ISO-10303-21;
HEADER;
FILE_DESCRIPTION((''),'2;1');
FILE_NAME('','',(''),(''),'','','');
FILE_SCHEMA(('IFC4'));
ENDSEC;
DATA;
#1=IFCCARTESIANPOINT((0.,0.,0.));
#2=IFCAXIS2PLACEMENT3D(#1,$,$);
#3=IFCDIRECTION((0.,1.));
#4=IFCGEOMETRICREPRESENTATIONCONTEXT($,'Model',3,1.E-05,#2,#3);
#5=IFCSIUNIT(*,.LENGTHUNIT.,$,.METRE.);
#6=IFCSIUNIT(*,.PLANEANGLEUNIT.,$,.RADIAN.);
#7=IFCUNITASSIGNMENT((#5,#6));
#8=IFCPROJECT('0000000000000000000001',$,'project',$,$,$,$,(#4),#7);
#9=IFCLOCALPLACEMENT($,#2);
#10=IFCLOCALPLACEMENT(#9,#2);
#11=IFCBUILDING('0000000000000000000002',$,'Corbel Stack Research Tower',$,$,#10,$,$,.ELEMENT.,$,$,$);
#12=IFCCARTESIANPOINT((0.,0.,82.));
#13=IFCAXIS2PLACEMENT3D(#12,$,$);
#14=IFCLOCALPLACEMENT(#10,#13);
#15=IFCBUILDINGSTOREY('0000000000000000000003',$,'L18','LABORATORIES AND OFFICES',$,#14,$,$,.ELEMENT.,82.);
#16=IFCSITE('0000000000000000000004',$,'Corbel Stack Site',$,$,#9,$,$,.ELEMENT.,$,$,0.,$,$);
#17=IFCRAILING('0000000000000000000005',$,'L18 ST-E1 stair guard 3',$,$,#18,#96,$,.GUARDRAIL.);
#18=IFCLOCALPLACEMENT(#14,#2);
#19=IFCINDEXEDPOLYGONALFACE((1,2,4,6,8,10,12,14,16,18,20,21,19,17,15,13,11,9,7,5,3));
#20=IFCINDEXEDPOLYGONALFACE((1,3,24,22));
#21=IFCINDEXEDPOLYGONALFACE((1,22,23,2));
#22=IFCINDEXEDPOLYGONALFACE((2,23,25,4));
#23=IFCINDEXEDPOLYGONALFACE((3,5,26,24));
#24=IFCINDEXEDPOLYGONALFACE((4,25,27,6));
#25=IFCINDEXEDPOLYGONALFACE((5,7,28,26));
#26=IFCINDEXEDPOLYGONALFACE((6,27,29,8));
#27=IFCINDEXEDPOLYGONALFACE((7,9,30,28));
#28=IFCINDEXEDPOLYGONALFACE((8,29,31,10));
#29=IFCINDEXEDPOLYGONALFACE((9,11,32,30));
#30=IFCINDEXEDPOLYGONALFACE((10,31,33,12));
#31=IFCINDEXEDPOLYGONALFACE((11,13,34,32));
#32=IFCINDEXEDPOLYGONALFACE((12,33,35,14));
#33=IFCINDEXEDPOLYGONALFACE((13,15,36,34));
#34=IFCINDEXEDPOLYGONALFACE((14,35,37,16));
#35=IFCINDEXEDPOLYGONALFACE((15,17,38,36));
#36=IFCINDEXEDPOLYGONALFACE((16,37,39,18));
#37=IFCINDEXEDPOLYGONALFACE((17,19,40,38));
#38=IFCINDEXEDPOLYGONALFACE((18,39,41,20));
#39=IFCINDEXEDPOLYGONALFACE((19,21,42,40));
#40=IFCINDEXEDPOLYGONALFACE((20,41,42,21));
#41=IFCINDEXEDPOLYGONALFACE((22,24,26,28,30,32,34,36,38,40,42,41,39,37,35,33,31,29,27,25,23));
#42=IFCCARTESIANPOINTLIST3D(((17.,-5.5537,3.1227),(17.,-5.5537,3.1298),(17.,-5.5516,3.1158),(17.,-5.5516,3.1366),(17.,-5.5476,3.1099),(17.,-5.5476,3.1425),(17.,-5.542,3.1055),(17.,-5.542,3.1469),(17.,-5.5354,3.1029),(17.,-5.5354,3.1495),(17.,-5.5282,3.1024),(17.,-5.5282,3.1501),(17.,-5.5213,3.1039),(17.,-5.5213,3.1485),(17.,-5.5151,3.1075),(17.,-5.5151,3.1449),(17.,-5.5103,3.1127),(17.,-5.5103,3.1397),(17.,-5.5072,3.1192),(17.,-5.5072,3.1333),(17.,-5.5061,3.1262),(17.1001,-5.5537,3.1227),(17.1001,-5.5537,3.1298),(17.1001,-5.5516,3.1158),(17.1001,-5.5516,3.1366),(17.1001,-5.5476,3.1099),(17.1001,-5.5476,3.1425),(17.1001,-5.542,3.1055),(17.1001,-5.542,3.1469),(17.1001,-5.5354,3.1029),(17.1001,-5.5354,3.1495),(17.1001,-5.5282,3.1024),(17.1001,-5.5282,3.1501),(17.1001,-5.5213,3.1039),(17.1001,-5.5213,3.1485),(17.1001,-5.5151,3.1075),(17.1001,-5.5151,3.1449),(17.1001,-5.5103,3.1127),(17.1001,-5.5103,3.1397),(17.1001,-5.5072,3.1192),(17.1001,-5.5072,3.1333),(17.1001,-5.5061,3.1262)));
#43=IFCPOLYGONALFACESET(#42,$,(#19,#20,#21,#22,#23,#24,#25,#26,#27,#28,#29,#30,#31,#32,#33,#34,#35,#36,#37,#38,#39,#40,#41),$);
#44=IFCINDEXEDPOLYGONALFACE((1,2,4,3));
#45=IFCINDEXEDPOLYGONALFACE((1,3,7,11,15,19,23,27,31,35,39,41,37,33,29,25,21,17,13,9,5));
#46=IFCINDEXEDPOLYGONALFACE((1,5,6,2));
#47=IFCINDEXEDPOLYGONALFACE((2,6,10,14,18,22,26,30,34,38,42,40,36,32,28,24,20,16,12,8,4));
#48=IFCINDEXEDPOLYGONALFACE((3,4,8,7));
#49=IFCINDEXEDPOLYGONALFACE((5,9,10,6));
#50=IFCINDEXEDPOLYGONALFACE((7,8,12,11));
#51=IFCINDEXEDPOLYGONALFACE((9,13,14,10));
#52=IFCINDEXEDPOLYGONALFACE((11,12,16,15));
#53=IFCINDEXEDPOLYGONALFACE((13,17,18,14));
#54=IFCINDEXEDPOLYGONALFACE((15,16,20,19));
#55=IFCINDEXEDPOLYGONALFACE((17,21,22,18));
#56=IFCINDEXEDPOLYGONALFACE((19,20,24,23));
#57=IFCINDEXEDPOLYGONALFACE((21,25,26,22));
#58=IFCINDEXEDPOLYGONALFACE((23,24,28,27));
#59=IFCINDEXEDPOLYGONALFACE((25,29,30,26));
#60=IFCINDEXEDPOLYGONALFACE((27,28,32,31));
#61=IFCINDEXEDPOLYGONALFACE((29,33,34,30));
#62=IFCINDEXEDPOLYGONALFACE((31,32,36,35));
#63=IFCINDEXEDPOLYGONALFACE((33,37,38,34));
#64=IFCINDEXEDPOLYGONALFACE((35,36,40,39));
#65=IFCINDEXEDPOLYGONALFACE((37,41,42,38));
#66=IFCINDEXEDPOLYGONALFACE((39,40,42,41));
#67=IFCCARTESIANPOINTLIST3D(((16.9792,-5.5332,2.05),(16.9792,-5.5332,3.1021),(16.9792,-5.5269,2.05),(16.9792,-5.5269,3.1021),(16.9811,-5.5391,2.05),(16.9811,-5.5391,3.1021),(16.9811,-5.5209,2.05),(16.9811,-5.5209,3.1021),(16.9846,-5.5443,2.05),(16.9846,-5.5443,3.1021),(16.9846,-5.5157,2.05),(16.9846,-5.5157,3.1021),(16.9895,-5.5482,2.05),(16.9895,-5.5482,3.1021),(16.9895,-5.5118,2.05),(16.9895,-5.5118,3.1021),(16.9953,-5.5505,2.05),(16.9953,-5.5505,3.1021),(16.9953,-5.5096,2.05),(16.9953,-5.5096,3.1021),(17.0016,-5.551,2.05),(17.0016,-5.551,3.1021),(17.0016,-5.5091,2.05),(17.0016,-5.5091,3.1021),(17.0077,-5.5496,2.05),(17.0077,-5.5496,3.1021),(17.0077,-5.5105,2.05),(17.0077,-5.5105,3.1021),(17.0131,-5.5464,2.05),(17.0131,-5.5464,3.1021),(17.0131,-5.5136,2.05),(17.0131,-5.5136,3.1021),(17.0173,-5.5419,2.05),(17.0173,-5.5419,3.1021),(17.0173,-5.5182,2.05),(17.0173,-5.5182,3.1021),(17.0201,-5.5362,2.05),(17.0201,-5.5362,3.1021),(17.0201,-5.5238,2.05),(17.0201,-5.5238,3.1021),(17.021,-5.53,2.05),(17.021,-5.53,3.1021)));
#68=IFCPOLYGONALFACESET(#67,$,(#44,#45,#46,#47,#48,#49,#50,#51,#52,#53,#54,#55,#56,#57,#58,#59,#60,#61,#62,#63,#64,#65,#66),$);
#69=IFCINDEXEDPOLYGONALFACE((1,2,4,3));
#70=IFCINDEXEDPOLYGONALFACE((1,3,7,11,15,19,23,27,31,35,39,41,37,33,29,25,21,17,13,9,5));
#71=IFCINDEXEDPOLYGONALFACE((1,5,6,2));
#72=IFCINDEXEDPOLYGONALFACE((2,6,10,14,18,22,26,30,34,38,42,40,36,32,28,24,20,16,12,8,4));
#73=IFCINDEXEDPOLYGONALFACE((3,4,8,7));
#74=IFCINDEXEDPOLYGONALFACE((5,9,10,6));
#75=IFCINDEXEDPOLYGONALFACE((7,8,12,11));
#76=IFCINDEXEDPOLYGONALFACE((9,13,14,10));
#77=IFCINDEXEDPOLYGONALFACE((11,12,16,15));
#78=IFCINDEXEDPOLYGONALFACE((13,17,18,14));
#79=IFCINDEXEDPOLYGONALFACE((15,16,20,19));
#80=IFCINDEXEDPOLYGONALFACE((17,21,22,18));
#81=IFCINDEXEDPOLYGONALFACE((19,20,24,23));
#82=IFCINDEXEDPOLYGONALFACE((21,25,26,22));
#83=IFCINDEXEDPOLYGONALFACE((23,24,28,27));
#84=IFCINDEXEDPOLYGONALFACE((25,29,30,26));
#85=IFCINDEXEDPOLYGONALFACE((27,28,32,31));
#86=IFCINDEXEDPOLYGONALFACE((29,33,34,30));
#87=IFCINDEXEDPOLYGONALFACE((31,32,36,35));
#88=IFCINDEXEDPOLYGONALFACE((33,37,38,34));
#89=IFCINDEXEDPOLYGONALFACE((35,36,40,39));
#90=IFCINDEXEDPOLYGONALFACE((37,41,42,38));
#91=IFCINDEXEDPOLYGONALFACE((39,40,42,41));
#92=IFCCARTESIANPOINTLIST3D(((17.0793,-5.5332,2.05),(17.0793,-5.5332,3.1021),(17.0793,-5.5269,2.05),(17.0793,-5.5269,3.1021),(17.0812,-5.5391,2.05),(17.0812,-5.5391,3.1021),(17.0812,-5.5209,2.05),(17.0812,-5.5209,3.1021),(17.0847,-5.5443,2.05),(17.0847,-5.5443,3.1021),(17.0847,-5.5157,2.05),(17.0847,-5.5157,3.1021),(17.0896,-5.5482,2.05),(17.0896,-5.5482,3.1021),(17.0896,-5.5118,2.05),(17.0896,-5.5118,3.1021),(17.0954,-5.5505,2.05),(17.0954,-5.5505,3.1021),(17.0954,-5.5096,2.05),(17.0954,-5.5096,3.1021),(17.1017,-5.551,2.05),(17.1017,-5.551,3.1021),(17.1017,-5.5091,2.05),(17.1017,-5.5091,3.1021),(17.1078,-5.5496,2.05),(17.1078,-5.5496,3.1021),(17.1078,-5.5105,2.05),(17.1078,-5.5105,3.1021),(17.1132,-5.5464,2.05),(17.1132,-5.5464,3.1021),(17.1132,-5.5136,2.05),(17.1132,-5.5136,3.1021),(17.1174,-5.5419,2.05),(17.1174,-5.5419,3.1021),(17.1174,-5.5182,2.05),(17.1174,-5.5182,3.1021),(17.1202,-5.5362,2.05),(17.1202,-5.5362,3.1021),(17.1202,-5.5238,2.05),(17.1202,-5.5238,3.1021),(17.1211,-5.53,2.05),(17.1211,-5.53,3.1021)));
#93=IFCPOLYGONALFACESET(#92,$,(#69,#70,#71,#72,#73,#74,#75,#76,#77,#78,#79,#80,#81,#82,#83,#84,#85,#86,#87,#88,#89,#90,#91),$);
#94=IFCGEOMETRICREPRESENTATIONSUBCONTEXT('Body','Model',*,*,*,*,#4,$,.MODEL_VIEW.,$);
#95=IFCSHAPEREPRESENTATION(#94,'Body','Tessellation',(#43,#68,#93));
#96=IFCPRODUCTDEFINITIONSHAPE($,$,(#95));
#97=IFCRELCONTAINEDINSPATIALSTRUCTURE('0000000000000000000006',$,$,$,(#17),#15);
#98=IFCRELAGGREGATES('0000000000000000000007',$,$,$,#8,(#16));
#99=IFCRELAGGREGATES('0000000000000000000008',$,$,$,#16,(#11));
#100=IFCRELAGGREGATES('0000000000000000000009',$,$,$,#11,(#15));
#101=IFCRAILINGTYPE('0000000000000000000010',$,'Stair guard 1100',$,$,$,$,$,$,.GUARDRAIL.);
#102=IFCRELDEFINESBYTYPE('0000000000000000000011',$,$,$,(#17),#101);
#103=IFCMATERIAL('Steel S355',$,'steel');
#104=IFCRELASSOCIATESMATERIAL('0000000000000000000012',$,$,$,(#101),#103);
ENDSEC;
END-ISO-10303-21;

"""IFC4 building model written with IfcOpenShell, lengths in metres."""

from ifc_helpers import new_model, si_unit, direction, frame, origin, origin_2d, place, context, subcontext, project, spatial, circle, extrude, material, type_object, element, save


model = new_model("IFC4")

# Units and contexts
model_context = context("Model", 3, precision=1e-05, world=origin(), true_north=direction((0.0, 1.0)))
body_context = subcontext(model_context, "Body", "Model", "MODEL_VIEW")
ifc_project = project(units=[si_unit("LENGTHUNIT", "METRE"), si_unit("PLANEANGLEUNIT", "RADIAN")], contexts=[model_context])

# Site, building, storey
site_placement = place(None, origin())
site = spatial("IfcSite", under=ifc_project, at=site_placement, Name="Corbel Stack Site", CompositionType="ELEMENT", RefElevation=0.0)
building_placement = place(site_placement, origin())
building = spatial("IfcBuilding", under=site, at=building_placement, Name="Corbel Stack Research Tower", CompositionType="ELEMENT")
storey_placement = place(building_placement, frame((0.0, 0.0, 82.0)))
storey = spatial("IfcBuildingStorey", under=building, at=storey_placement, Name="L18", Description="LABORATORIES AND OFFICES", CompositionType="ELEMENT", Elevation=82.0)

# Railing
ifc_material_1 = material(Name="Steel S355", Category="steel")
railing_type_1 = type_object("IfcRailingType", Name="Stair guard 1100", PredefinedType="GUARDRAIL", material=ifc_material_1)
railing_1_placement = place(storey_placement, frame((17.0, -5.53, 2.05)))
element("IfcRailing", 1, at=railing_1_placement, inside=storey, type_object=railing_type_1, Name="L18 ST-E1 stair guard 3", PredefinedType="GUARDRAIL", context=body_context, shape_type="SweptSolid", body=[
    extrude(circle(Radius=0.0239, at=origin_2d()), frame((0.0, 0.0, 1.0762), z_axis=(1.0, 0.0, 0.0), x_axis=(0.0, 1.0, 0.0)), (0.0, 0.0, 1.0), 0.1001),
    extrude(circle(Radius=0.021, at=origin_2d()), origin(), (0.0, 0.0, 1.0), 1.052),
    extrude(circle(Radius=0.021, at=origin_2d()), frame((0.1001, 0.0, 0.0)), (0.0, 0.0, 1.0), 1.052),
])

save(model, "model.ifc")
